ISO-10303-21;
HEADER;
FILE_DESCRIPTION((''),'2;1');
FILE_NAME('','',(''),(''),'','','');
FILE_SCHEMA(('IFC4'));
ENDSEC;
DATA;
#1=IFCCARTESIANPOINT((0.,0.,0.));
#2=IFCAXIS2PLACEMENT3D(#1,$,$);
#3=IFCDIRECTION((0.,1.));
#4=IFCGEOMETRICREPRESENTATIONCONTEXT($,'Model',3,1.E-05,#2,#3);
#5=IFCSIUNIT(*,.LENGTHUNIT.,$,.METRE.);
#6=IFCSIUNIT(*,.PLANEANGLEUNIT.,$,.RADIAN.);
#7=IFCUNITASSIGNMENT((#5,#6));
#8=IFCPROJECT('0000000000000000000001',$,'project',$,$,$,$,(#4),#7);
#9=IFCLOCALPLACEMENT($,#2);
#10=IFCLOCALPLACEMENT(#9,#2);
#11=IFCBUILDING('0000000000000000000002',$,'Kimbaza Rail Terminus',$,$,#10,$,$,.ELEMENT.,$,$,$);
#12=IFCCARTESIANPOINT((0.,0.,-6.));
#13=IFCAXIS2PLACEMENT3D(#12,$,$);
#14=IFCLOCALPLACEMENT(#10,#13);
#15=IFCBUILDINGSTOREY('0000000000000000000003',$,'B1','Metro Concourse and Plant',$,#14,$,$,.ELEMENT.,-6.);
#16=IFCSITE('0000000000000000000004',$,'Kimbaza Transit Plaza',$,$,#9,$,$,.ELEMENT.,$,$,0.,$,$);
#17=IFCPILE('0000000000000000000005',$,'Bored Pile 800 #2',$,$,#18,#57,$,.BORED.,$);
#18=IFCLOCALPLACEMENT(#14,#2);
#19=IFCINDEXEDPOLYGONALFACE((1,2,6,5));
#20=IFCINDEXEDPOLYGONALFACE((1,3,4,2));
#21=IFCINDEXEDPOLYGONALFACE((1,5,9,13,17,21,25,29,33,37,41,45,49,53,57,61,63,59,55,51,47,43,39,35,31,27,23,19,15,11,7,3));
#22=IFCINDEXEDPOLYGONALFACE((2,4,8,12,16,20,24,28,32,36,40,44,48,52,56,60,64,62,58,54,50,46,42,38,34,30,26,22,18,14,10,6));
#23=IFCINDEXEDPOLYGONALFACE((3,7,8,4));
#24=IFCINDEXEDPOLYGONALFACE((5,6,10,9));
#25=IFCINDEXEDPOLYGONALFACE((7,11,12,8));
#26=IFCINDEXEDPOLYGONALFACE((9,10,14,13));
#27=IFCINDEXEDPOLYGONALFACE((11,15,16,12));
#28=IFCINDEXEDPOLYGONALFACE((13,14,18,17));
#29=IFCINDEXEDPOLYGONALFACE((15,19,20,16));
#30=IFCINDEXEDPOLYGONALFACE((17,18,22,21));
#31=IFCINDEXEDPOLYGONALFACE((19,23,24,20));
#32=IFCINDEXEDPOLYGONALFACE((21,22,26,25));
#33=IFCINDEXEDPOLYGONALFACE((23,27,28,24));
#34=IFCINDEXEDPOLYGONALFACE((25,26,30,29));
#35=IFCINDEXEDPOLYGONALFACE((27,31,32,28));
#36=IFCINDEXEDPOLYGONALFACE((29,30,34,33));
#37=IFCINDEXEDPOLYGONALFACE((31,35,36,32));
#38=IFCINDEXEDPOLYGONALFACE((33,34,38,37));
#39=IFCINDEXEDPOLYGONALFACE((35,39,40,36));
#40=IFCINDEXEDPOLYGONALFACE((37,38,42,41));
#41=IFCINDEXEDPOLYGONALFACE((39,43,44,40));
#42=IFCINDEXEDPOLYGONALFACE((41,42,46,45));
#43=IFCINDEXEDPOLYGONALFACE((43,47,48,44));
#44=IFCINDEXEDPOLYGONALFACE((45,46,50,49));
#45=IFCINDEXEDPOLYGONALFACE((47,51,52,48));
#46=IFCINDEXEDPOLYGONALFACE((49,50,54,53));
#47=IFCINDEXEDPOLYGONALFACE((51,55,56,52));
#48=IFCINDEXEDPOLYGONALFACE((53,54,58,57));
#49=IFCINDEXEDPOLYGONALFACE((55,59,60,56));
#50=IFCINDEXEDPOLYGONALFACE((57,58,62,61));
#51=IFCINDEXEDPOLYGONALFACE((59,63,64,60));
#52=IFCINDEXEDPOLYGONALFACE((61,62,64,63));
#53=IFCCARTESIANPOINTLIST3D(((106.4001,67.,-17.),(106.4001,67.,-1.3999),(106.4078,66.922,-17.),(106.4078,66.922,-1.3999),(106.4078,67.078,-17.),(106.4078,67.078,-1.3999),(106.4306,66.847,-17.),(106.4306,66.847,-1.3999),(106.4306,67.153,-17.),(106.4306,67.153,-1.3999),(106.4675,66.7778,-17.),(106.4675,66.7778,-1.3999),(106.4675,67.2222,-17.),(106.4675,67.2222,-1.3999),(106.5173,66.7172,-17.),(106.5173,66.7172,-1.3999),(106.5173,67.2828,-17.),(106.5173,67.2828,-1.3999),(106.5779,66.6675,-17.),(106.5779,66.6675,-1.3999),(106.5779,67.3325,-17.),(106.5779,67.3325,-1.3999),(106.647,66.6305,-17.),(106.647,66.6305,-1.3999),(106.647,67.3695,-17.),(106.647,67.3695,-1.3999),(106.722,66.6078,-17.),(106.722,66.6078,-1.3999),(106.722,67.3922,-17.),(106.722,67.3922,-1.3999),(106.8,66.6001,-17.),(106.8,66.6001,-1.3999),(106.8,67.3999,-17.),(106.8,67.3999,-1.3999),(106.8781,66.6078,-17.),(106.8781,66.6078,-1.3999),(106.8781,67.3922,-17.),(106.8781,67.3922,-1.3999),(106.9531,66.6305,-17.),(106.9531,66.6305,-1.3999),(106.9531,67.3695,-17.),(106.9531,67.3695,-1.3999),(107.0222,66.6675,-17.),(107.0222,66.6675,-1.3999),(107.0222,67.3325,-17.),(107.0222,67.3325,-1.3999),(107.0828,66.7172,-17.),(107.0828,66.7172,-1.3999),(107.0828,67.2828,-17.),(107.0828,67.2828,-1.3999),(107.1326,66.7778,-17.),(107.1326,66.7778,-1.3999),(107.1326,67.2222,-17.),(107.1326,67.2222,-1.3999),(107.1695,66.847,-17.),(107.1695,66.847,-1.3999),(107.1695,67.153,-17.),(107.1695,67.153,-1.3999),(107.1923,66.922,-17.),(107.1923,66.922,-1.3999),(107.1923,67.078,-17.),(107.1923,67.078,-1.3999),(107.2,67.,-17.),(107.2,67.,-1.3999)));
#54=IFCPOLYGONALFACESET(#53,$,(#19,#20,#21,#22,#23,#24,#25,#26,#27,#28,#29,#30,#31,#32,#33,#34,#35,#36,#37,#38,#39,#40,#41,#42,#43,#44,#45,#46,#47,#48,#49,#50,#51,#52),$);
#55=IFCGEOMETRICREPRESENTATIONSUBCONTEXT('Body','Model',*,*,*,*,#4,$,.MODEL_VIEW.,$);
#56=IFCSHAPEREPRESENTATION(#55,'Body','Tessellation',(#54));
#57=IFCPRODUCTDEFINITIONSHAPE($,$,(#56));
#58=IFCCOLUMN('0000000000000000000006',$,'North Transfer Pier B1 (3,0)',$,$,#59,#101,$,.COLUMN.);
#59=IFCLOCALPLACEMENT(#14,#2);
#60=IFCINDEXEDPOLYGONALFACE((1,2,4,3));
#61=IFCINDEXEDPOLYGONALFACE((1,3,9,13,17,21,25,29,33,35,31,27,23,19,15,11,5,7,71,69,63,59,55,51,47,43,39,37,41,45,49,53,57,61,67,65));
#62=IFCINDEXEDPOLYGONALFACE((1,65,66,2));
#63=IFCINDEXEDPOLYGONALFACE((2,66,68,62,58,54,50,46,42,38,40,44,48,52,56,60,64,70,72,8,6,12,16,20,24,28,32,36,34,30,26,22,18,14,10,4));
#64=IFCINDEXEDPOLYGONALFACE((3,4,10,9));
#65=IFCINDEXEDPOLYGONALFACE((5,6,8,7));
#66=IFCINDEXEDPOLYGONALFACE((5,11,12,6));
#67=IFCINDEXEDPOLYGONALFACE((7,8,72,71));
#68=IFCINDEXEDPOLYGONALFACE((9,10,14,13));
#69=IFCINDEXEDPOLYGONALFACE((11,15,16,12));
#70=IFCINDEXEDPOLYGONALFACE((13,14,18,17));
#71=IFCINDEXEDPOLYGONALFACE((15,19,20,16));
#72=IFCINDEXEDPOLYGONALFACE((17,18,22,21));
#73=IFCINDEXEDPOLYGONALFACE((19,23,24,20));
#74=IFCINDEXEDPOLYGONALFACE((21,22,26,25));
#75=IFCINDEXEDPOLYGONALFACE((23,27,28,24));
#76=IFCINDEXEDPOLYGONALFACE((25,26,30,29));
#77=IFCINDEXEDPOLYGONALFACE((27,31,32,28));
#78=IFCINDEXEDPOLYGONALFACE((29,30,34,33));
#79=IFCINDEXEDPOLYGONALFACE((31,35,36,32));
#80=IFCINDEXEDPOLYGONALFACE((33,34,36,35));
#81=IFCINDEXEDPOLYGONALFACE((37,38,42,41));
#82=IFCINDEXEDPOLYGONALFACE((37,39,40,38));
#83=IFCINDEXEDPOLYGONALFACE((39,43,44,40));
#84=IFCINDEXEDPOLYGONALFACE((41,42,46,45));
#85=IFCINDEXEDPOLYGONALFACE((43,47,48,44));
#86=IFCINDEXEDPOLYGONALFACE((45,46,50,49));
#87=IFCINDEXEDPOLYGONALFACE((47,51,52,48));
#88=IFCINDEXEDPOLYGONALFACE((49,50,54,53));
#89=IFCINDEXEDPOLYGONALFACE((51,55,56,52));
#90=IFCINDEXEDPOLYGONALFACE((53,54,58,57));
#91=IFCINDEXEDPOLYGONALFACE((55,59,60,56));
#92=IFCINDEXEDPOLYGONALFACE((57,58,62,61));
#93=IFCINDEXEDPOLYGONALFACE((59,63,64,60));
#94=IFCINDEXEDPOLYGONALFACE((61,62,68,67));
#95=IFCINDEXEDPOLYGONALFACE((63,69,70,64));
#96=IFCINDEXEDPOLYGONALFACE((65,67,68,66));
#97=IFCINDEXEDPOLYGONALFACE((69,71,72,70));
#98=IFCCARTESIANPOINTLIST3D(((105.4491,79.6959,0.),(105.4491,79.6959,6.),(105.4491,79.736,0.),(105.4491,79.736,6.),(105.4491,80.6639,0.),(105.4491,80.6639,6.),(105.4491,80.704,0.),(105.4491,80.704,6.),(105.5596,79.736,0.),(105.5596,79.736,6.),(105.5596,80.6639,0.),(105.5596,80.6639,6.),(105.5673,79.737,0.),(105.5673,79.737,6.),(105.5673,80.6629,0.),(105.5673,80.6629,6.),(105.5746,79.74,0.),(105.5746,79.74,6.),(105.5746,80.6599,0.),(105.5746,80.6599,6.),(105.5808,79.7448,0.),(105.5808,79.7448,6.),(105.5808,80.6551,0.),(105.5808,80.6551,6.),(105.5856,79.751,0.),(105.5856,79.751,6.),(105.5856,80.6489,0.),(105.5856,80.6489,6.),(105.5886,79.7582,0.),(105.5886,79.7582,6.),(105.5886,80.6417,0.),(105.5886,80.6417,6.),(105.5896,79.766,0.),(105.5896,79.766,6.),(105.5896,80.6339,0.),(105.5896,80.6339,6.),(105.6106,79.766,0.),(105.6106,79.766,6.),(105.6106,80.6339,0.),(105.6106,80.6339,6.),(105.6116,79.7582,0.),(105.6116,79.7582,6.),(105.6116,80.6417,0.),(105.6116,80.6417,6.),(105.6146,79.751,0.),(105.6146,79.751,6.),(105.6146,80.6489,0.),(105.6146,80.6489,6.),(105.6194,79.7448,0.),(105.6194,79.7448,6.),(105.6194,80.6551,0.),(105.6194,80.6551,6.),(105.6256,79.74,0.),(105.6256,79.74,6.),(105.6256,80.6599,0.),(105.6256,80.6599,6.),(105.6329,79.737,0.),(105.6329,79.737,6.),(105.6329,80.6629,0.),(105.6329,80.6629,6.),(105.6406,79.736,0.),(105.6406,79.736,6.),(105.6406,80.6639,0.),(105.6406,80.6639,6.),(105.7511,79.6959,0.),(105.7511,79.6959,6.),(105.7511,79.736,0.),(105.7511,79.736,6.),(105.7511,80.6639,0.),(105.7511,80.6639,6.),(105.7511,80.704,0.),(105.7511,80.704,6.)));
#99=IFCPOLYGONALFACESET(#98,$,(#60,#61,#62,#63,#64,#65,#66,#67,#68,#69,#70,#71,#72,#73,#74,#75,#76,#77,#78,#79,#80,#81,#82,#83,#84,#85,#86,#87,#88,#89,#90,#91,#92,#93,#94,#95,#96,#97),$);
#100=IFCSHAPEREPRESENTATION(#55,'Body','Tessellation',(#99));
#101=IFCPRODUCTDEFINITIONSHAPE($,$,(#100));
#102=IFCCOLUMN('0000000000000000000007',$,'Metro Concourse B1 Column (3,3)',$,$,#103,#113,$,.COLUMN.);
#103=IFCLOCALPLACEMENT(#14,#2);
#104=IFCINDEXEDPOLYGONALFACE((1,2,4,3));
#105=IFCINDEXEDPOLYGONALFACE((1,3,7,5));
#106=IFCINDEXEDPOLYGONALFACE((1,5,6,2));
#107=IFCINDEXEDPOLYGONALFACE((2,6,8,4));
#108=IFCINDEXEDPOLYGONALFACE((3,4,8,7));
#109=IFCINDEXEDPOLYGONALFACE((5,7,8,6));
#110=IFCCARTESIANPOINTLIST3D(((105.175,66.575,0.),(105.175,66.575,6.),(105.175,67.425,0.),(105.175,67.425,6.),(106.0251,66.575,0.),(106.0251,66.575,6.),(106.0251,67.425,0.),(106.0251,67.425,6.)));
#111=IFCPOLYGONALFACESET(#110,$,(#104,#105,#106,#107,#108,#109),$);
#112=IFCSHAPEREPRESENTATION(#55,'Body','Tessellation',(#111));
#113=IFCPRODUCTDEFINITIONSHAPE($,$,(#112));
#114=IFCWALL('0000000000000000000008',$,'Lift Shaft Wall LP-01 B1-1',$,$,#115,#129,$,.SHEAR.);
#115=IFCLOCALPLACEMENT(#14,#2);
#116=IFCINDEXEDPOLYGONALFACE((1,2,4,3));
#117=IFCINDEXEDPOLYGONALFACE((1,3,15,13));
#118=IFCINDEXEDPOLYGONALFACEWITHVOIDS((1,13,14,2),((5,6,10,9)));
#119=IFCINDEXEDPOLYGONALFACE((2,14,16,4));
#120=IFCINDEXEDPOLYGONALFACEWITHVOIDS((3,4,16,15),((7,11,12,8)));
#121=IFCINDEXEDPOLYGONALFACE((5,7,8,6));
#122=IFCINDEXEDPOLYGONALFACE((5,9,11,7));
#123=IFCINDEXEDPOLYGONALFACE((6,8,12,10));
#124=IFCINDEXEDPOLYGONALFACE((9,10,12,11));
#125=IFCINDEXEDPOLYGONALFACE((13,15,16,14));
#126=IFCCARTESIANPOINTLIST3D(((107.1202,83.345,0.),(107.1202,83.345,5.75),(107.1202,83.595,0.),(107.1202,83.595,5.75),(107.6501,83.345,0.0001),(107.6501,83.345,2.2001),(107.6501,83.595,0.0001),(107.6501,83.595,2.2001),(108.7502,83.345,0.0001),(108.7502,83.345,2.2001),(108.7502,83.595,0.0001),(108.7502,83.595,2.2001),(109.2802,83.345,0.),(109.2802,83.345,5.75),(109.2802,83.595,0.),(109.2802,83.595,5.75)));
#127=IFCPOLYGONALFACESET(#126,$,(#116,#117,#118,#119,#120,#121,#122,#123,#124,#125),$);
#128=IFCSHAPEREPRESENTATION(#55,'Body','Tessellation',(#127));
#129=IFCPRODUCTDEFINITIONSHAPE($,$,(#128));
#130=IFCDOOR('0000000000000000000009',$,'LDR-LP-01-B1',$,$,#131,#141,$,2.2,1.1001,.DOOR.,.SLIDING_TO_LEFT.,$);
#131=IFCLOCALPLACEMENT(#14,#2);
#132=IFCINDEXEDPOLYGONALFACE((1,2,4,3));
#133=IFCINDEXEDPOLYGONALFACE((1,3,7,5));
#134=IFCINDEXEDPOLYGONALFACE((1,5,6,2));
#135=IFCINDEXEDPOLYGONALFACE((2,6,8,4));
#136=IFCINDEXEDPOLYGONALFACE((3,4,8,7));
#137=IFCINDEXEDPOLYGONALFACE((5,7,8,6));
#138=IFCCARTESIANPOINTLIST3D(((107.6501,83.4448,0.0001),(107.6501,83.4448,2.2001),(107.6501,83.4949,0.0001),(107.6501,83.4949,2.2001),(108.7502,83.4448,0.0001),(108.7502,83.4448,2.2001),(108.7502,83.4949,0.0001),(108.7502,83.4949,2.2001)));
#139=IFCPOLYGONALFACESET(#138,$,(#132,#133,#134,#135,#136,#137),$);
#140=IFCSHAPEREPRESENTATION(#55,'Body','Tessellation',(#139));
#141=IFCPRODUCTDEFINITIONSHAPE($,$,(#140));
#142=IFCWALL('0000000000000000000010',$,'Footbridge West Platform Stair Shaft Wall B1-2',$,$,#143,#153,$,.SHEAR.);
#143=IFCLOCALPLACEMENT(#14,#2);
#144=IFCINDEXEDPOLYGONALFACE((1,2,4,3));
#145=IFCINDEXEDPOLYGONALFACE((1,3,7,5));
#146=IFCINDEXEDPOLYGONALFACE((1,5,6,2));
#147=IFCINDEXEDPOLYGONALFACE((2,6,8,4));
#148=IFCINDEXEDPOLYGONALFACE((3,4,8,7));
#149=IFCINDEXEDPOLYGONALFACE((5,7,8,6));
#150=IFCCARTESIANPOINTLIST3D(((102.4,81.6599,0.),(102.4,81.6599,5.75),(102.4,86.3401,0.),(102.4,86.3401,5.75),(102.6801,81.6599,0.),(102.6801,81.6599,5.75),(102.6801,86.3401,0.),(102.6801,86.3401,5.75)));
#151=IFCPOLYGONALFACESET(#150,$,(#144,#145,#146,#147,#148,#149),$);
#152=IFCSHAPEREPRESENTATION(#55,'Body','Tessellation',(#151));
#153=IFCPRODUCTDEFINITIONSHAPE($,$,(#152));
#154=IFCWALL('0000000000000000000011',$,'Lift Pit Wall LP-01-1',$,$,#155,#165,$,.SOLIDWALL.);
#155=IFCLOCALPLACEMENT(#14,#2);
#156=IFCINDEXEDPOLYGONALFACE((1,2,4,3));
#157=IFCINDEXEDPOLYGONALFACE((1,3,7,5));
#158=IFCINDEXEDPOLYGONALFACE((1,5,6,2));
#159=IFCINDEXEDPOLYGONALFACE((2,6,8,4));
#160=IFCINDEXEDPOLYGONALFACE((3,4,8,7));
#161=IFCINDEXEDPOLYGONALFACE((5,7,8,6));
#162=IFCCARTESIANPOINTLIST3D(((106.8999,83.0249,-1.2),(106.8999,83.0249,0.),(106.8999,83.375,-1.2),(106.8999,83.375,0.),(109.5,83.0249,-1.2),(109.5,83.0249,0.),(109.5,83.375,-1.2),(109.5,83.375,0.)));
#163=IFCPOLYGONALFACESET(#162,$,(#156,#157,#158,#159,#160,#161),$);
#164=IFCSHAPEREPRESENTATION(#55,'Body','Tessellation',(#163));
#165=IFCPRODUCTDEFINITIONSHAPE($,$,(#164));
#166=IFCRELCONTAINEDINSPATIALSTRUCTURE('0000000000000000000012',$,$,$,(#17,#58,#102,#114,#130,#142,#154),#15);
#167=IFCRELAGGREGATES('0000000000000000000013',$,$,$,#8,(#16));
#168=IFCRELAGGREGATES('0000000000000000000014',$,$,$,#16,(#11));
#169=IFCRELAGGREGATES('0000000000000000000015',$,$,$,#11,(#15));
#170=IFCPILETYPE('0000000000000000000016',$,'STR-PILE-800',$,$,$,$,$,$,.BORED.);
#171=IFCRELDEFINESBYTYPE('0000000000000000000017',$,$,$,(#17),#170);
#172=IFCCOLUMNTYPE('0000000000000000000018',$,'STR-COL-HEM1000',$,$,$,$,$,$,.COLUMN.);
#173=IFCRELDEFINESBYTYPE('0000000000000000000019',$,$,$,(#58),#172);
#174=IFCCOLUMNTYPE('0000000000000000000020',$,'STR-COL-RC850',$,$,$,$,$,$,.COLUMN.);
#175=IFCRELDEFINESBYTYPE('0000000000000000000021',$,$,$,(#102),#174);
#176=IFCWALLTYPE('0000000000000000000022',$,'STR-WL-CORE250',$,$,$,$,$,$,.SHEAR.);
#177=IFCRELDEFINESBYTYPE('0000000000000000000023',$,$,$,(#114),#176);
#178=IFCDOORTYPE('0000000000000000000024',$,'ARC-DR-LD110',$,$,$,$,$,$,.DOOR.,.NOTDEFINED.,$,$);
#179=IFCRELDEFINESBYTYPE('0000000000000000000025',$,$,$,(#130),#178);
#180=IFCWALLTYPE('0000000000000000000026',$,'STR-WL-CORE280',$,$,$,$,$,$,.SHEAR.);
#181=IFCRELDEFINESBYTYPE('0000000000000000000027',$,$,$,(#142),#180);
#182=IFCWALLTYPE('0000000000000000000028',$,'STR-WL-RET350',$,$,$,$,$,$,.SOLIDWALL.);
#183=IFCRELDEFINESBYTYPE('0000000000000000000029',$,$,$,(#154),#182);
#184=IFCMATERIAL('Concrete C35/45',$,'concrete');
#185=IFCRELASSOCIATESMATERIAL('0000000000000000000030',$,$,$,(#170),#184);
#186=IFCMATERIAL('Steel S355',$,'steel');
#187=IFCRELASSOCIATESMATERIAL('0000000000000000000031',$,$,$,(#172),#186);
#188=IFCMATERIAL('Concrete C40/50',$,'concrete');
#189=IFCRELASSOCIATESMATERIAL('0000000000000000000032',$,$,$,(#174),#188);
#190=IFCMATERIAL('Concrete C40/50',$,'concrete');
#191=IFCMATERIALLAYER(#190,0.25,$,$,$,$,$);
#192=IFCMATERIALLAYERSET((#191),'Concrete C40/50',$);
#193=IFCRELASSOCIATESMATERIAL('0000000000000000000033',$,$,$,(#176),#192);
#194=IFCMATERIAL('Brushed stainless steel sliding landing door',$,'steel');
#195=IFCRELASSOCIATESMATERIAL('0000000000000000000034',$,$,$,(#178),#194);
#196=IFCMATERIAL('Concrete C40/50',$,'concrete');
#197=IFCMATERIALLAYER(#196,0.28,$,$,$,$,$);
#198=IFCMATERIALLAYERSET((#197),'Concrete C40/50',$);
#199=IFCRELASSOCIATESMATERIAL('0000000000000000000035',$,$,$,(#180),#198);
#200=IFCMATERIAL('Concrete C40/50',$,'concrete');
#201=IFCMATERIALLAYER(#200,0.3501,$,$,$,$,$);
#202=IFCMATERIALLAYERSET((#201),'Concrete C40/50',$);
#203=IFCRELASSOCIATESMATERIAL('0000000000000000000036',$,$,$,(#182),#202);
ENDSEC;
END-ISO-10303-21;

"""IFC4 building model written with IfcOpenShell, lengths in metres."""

from ifc_helpers import new_model, si_unit, direction, frame, frame_2d, origin, origin_2d, place, context, subcontext, project, spatial, rectangle, circle, i_section, extrude, material, layer, layer_set, material_profile, profile_set, type_object, element, fill, save


model = new_model("IFC4")

# Units and contexts
model_context = context("Model", 3, precision=1e-05, world=origin(), true_north=direction((0.0, 1.0)))
body_context = subcontext(model_context, "Body", "Model", "MODEL_VIEW")
ifc_project = project(units=[si_unit("LENGTHUNIT", "METRE"), si_unit("PLANEANGLEUNIT", "RADIAN")], contexts=[model_context])

# Site, building, storey
site_placement = place(None, origin())
site = spatial("IfcSite", under=ifc_project, at=site_placement, Name="Kimbaza Transit Plaza", CompositionType="ELEMENT", RefElevation=0.0)
building_placement = place(site_placement, origin())
building = spatial("IfcBuilding", under=site, at=building_placement, Name="Kimbaza Rail Terminus", CompositionType="ELEMENT")
storey_placement = place(building_placement, frame((0.0, 0.0, -6.0)))
storey = spatial("IfcBuildingStorey", under=building, at=storey_placement, Name="B1", Description="Metro Concourse and Plant", CompositionType="ELEMENT", Elevation=-6.0)

# Pile
ifc_material_1 = material(Name="Concrete C35/45", Category="concrete")
ifc_material_profile_1 = material_profile(ifc_material_1, circle(Radius=0.3999, at=origin_2d()), Name="BORED PILE 800")
ifc_profile_set_1 = profile_set([ifc_material_profile_1], Name="Concrete C35/45")
pile_type_1 = type_object("IfcPileType", Name="STR-PILE-800", PredefinedType="BORED", material=ifc_profile_set_1)
for number, where, z_axis, x_axis, name in (
    (1, (106.8, 67.0, -1.3999), (0.0, 0.0, -1.0), (1.0, 0.0, 0.0), "Bored Pile 800 #2"),
):
    element("IfcPile", number, at=place(storey_placement, frame(where, z_axis=z_axis, x_axis=x_axis)), inside=storey, type_object=pile_type_1, Name=name, PredefinedType="BORED", context=body_context, shape_type="SweptSolid", body=[
        extrude(circle(Radius=0.3999, at=origin_2d()), origin(), (0.0, 0.0, 1.0), 15.6001),
    ])

# Columns
ifc_material_2 = material(Name="Steel S355", Category="steel")
ifc_material_profile_2 = material_profile(ifc_material_2, i_section(OverallWidth=0.302, OverallDepth=1.0081, WebThickness=0.021, FlangeThickness=0.04, FilletRadius=0.03, at=origin_2d()), Name="HEM 1000")
ifc_profile_set_2 = profile_set([ifc_material_profile_2], Name="Steel S355")
column_type_1 = type_object("IfcColumnType", Name="STR-COL-HEM1000", PredefinedType="COLUMN", material=ifc_profile_set_2)
column_1_placement = place(storey_placement, frame((105.6001, 80.2, 0.0), z_axis=(0.0, 0.0, 1.0), x_axis=(1.0, 0.0, 0.0)))
element("IfcColumn", 2, at=column_1_placement, inside=storey, type_object=column_type_1, Name="North Transfer Pier B1 (3,0)", PredefinedType="COLUMN", context=body_context, shape_type="SweptSolid", body=[
    extrude(i_section(OverallWidth=0.302, OverallDepth=1.0081, WebThickness=0.021, FlangeThickness=0.04, FilletRadius=0.03, at=origin_2d()), origin(), (0.0, 0.0, 1.0), 6.0),
])
ifc_material_3 = material(Name="Concrete C40/50", Category="concrete")
ifc_material_profile_3 = material_profile(ifc_material_3, rectangle(XDim=0.8501, YDim=0.8501, at=origin_2d()), Name="RC 850x850")
ifc_profile_set_3 = profile_set([ifc_material_profile_3], Name="Concrete C40/50")
column_type_2 = type_object("IfcColumnType", Name="STR-COL-RC850", PredefinedType="COLUMN", material=ifc_profile_set_3)
column_2_placement = place(storey_placement, frame((105.6001, 67.0, 0.0), z_axis=(0.0, 0.0, 1.0), x_axis=(1.0, 0.0, 0.0)))
element("IfcColumn", 3, at=column_2_placement, inside=storey, type_object=column_type_2, Name="Metro Concourse B1 Column (3,3)", PredefinedType="COLUMN", context=body_context, shape_type="SweptSolid", body=[
    extrude(rectangle(XDim=0.8501, YDim=0.8501, at=origin_2d()), origin(), (0.0, 0.0, 1.0), 6.0),
])

# Wall, opening, door
ifc_material_4 = material(Name="Concrete C40/50", Category="concrete")
ifc_layer_1 = layer(ifc_material_4, 0.25)
ifc_layer_set_1 = layer_set([ifc_layer_1], Name="Concrete C40/50")
wall_type_1 = type_object("IfcWallType", Name="STR-WL-CORE250", PredefinedType="SHEAR", material=ifc_layer_set_1)
wall_1_placement = place(storey_placement, frame((107.1201, 83.47, 0.0), z_axis=(0.0, 0.0, 1.0), x_axis=(1.0, 0.0, 0.0)))
wall_1 = element("IfcWall", 4, at=wall_1_placement, inside=storey, type_object=wall_type_1, Name="Lift Shaft Wall LP-01 B1-1", PredefinedType="SHEAR", context=body_context, shape_type="SweptSolid", body=[
    extrude(rectangle(XDim=2.1599, YDim=0.25, at=frame_2d((1.0801, 0.0))), origin(), (0.0, 0.0, 1.0), 5.75),
])
opening_placement = place(wall_1_placement, frame((0.53, 0.0, 0.0)))
opening = element("IfcOpeningElement", 5, at=opening_placement, cuts=wall_1, PredefinedType="OPENING", context=body_context, shape_type="SweptSolid", body=[
    extrude(rectangle(XDim=1.1001, YDim=2.2, at=frame_2d((0.55, 1.1001))), frame((0.0, 0.135, 0.0), z_axis=(0.0, -1.0, 0.0), x_axis=(1.0, 0.0, 0.0)), (0.0, 0.0, 1.0), 0.27),
])
ifc_material_5 = material(Name="Brushed stainless steel sliding landing door", Category="steel")
door_type = type_object("IfcDoorType", Name="ARC-DR-LD110", OperationType="NOTDEFINED", PredefinedType="DOOR", material=ifc_material_5)
door_placement = place(opening_placement, origin())
door = element("IfcDoor", 6, at=door_placement, inside=storey, type_object=door_type, Name="LDR-LP-01-B1", OperationType="SLIDING_TO_LEFT", OverallHeight=2.2, OverallWidth=1.1001, PredefinedType="DOOR", context=body_context, shape_type="SweptSolid", body=[
    extrude(rectangle(XDim=1.1001, YDim=2.2, at=frame_2d((0.55, 1.1001))), frame((0.0, 0.0249, 0.0), z_axis=(0.0, -1.0, 0.0), x_axis=(1.0, 0.0, 0.0)), (0.0, 0.0, 1.0), 0.05),
])
fill(opening, door)

# Walls
ifc_material_6 = material(Name="Concrete C40/50", Category="concrete")
ifc_layer_2 = layer(ifc_material_6, 0.28)
ifc_layer_set_2 = layer_set([ifc_layer_2], Name="Concrete C40/50")
wall_type_2 = type_object("IfcWallType", Name="STR-WL-CORE280", PredefinedType="SHEAR", material=ifc_layer_set_2)
wall_2_placement = place(storey_placement, frame((102.54, 81.6599, 0.0), z_axis=(0.0, 0.0, 1.0), x_axis=(0.0, 1.0, 0.0)))
element("IfcWall", 7, at=wall_2_placement, inside=storey, type_object=wall_type_2, Name="Footbridge West Platform Stair Shaft Wall B1-2", PredefinedType="SHEAR", context=body_context, shape_type="SweptSolid", body=[
    extrude(rectangle(XDim=4.6802, YDim=0.28, at=frame_2d((2.3401, 0.0))), origin(), (0.0, 0.0, 1.0), 5.75),
])
ifc_material_7 = material(Name="Concrete C40/50", Category="concrete")
ifc_layer_3 = layer(ifc_material_7, 0.3501)
ifc_layer_set_3 = layer_set([ifc_layer_3], Name="Concrete C40/50")
wall_type_3 = type_object("IfcWallType", Name="STR-WL-RET350", PredefinedType="SOLIDWALL", material=ifc_layer_set_3)
wall_3_placement = place(storey_placement, frame((106.8999, 83.2, -1.2), z_axis=(0.0, 0.0, 1.0), x_axis=(1.0, 0.0, 0.0)))
element("IfcWall", 8, at=wall_3_placement, inside=storey, type_object=wall_type_3, Name="Lift Pit Wall LP-01-1", PredefinedType="SOLIDWALL", context=body_context, shape_type="SweptSolid", body=[
    extrude(rectangle(XDim=2.6001, YDim=0.3501, at=frame_2d((1.3, 0.0))), origin(), (0.0, 0.0, 1.0), 1.2),
])

save(model, "model.ifc")
